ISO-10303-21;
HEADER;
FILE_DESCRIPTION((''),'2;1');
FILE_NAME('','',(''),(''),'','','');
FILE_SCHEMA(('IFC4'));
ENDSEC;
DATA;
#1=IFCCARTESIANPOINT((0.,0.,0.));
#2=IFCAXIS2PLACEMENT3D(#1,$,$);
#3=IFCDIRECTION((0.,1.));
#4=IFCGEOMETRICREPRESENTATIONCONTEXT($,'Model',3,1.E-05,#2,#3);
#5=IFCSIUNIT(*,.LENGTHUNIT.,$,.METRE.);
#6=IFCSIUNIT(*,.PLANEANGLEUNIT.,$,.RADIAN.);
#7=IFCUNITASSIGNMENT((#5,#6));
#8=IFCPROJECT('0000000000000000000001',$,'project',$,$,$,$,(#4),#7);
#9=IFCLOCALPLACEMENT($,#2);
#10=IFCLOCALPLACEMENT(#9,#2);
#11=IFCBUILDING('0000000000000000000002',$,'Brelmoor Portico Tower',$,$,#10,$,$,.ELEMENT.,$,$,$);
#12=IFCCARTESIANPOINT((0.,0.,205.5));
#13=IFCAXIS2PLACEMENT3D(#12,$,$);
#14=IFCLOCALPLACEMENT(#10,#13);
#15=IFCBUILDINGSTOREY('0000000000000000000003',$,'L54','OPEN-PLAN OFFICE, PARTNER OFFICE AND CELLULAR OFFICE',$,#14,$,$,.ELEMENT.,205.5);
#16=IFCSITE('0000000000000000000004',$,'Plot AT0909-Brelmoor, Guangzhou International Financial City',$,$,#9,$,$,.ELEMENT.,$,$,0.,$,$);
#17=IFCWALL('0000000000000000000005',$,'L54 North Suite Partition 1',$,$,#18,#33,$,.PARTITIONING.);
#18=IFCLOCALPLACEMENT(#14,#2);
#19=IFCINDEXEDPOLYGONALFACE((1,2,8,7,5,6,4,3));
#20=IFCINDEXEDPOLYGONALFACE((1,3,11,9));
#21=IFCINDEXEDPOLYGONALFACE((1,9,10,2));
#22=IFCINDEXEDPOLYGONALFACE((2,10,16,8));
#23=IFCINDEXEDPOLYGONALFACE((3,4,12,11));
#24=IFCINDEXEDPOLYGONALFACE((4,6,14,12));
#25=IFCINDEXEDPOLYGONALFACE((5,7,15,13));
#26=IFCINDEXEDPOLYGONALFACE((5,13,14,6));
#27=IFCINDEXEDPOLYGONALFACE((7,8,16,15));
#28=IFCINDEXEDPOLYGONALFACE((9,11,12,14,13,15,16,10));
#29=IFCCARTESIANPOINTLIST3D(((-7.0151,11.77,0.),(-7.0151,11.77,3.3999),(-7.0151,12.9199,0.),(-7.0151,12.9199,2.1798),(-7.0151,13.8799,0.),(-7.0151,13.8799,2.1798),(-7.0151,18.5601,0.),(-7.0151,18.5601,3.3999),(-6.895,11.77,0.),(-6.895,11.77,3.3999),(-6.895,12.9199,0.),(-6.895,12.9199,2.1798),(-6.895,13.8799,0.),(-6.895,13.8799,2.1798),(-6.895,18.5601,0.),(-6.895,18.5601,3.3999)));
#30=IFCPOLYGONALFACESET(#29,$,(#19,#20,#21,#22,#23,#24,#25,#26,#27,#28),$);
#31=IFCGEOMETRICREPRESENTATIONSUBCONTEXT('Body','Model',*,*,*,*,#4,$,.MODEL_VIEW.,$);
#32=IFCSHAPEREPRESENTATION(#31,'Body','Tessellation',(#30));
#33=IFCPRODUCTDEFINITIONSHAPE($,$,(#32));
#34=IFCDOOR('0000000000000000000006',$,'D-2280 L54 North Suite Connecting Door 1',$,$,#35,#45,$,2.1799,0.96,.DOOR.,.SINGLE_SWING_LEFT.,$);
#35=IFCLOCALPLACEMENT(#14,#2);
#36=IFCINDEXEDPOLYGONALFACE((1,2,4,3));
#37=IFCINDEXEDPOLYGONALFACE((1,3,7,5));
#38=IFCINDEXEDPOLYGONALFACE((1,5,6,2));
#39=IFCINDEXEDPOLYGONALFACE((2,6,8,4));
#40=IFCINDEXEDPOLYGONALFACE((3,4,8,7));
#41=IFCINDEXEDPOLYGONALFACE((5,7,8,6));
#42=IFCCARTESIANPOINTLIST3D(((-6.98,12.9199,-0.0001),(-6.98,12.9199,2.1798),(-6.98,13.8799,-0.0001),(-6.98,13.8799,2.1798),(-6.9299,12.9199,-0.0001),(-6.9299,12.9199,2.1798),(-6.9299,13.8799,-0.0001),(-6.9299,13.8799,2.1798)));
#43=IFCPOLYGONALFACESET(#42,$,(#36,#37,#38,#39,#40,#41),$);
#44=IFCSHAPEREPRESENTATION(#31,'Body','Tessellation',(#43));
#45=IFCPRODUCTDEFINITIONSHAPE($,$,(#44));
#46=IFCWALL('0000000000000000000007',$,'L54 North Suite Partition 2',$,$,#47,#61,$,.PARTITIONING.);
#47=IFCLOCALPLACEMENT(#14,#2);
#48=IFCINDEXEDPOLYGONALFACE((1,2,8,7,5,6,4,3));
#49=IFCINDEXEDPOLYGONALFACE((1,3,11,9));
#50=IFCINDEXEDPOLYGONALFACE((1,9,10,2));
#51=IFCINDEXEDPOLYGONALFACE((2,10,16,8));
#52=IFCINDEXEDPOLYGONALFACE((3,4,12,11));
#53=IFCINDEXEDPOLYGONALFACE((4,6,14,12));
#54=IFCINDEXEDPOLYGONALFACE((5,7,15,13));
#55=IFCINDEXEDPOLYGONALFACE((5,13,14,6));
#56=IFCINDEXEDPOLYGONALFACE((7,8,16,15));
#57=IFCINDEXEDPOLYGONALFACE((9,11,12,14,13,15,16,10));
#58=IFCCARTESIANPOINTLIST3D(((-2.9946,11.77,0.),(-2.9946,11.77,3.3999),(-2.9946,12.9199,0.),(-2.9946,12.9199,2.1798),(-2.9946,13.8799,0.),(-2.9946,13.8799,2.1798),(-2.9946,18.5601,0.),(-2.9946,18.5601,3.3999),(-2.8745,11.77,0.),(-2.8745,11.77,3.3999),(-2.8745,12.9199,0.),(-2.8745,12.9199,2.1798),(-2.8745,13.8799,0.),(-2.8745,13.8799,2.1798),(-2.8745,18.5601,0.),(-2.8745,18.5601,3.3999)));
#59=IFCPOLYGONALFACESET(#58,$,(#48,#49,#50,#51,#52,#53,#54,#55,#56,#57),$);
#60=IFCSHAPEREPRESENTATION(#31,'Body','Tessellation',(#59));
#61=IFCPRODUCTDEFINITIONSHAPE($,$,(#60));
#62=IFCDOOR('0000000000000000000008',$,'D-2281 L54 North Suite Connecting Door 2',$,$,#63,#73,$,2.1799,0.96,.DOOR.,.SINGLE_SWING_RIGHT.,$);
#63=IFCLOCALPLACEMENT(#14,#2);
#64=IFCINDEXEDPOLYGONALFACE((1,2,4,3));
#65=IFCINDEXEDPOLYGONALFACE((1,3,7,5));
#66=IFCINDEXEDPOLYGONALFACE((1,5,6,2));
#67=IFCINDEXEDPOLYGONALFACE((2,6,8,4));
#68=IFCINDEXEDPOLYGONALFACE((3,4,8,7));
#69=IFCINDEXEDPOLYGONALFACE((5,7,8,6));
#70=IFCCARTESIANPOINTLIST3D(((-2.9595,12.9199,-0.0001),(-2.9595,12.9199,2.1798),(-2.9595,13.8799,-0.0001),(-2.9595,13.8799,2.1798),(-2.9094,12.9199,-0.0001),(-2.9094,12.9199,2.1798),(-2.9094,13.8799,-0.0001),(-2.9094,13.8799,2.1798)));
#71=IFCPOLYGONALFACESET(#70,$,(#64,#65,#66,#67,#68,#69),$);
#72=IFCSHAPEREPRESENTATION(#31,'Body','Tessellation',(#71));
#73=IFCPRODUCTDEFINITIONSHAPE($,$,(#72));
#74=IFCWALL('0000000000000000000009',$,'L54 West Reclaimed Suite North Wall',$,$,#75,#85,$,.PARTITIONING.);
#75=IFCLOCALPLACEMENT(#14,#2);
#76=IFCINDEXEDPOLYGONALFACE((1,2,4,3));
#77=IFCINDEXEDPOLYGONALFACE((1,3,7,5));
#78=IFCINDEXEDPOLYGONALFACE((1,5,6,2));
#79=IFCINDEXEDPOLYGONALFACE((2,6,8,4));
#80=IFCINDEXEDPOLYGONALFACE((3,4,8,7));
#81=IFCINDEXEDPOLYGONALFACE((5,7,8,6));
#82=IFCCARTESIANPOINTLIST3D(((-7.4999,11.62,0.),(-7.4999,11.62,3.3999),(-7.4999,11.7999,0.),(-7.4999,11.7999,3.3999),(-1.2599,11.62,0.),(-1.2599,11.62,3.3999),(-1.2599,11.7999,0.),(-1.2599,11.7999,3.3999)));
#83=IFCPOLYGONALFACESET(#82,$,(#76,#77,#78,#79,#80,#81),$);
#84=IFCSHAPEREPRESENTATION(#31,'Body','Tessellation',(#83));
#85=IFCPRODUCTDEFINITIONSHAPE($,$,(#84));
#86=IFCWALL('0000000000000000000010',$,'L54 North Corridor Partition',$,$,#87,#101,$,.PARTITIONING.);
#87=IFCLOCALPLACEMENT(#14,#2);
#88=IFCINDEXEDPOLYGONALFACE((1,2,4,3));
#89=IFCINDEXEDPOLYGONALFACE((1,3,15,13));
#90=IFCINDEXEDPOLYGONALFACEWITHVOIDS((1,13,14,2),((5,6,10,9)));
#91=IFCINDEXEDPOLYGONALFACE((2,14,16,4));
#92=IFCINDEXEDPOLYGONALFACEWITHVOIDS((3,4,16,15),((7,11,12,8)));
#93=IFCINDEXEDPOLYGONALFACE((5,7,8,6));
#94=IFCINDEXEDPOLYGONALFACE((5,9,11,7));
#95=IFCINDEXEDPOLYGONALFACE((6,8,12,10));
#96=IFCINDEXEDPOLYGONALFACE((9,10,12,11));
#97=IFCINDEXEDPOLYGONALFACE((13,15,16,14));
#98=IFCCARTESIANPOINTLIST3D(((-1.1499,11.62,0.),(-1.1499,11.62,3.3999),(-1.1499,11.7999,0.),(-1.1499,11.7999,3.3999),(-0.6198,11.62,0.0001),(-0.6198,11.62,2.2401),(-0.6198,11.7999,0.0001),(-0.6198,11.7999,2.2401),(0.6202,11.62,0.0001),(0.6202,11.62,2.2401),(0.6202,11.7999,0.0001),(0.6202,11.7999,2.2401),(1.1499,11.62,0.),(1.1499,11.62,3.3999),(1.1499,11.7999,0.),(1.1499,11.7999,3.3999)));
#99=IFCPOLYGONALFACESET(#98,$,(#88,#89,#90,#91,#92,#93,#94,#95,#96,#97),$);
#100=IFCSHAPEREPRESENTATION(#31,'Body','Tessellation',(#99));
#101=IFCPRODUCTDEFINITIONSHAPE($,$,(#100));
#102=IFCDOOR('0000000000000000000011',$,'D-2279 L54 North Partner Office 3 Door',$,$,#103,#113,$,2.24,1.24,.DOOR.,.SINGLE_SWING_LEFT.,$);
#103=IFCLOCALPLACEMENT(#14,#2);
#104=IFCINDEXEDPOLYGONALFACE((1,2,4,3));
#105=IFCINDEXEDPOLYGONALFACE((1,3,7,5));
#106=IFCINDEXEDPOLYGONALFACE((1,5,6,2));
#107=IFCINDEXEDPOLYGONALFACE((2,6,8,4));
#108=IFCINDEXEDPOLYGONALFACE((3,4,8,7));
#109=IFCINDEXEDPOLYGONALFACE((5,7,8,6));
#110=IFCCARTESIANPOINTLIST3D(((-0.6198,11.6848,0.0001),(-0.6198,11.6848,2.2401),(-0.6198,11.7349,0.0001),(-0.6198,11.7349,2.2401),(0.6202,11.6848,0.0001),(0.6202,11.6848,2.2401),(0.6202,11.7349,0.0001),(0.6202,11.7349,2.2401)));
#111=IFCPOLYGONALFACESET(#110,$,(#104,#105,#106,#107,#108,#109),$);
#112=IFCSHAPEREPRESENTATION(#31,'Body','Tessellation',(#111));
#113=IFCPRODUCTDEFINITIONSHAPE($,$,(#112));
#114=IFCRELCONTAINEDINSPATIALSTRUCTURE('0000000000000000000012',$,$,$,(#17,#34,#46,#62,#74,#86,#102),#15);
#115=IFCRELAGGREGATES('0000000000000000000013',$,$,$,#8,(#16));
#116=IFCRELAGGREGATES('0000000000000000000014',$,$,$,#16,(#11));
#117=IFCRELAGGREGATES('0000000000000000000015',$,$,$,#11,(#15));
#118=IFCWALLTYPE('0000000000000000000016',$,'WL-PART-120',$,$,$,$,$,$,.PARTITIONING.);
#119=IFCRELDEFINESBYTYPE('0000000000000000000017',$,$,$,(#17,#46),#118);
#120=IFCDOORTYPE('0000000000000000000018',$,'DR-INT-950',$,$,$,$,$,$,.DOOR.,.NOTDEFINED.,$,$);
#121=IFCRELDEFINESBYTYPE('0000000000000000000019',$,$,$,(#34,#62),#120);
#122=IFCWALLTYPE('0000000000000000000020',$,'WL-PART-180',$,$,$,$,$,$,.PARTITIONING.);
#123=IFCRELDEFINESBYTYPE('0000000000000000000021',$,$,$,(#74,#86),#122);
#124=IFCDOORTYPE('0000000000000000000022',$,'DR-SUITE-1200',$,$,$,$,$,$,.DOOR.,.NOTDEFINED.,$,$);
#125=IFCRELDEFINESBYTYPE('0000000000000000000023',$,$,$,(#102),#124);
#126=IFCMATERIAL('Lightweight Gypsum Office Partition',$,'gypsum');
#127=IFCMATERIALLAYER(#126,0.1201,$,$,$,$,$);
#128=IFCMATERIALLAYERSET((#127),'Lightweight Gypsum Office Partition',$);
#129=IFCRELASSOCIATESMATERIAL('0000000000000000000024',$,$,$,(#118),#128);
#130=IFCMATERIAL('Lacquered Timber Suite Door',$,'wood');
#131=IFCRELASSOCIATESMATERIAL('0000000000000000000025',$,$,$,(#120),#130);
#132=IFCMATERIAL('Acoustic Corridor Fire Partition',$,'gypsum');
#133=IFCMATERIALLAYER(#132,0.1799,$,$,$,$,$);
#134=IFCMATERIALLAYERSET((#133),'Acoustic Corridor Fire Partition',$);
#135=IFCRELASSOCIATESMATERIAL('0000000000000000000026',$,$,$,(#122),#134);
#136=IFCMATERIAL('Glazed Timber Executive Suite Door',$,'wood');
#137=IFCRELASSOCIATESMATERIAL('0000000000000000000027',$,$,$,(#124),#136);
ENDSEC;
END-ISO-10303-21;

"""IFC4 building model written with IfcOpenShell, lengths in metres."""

from ifc_helpers import new_model, si_unit, direction, frame, frame_2d, origin, place, context, subcontext, project, spatial, rectangle, extrude, material, layer, layer_set, type_object, element, fill, save


model = new_model("IFC4")

# Units and contexts
model_context = context("Model", 3, precision=1e-05, world=origin(), true_north=direction((0.0, 1.0)))
body_context = subcontext(model_context, "Body", "Model", "MODEL_VIEW")
ifc_project = project(units=[si_unit("LENGTHUNIT", "METRE"), si_unit("PLANEANGLEUNIT", "RADIAN")], contexts=[model_context])

# Site, building, storey
site_placement = place(None, origin())
site = spatial("IfcSite", under=ifc_project, at=site_placement, Name="Plot AT0909-Brelmoor, Guangzhou International Financial City", CompositionType="ELEMENT", RefElevation=0.0)
building_placement = place(site_placement, origin())
building = spatial("IfcBuilding", under=site, at=building_placement, Name="Brelmoor Portico Tower", CompositionType="ELEMENT")
storey_placement = place(building_placement, frame((0.0, 0.0, 205.5)))
storey = spatial("IfcBuildingStorey", under=building, at=storey_placement, Name="L54", Description="OPEN-PLAN OFFICE, PARTNER OFFICE AND CELLULAR OFFICE", CompositionType="ELEMENT", Elevation=205.5)

# Walls, openings, doors
ifc_material_1 = material(Name="Lightweight Gypsum Office Partition", Category="gypsum")
ifc_layer_1 = layer(ifc_material_1, 0.1201)
ifc_layer_set_1 = layer_set([ifc_layer_1], Name="Lightweight Gypsum Office Partition")
wall_type_1 = type_object("IfcWallType", Name="WL-PART-120", PredefinedType="PARTITIONING", material=ifc_layer_set_1)
wall_1_placement = place(storey_placement, frame((-6.9551, 11.77, 0.0), z_axis=(0.0, 0.0, 1.0), x_axis=(0.0, 1.0, 0.0)))
wall_1 = element("IfcWall", 1, at=wall_1_placement, inside=storey, type_object=wall_type_1, Name="L54 North Suite Partition 1", PredefinedType="PARTITIONING", context=body_context, shape_type="SweptSolid", body=[
    extrude(rectangle(XDim=6.79, YDim=0.1201, at=frame_2d((3.395, 0.0))), origin(), (0.0, 0.0, 1.0), 3.3999),
])
opening_1_placement = place(wall_1_placement, frame((1.1499, 0.0, 0.0)))
opening_1 = element("IfcOpeningElement", 2, at=opening_1_placement, cuts=wall_1, PredefinedType="OPENING", context=body_context, shape_type="SweptSolid", body=[
    extrude(rectangle(XDim=0.96, YDim=2.1799, at=frame_2d((0.48, 1.0898))), frame((0.0, 0.0701, 0.0), z_axis=(0.0, -1.0, 0.0), x_axis=(1.0, 0.0, 0.0)), (0.0, 0.0, 1.0), 0.1401),
])
ifc_material_2 = material(Name="Lacquered Timber Suite Door", Category="wood")
door_type_1 = type_object("IfcDoorType", Name="DR-INT-950", OperationType="NOTDEFINED", PredefinedType="DOOR", material=ifc_material_2)
door_1_placement = place(opening_1_placement, origin())
door_1 = element("IfcDoor", 3, at=door_1_placement, inside=storey, type_object=door_type_1, Name="D-2280 L54 North Suite Connecting Door 1", OperationType="SINGLE_SWING_LEFT", OverallHeight=2.1799, OverallWidth=0.96, PredefinedType="DOOR", context=body_context, shape_type="SweptSolid", body=[
    extrude(rectangle(XDim=0.96, YDim=2.1799, at=frame_2d((0.48, 1.0898))), frame((0.0, 0.0249, 0.0), z_axis=(0.0, -1.0, 0.0), x_axis=(1.0, 0.0, 0.0)), (0.0, 0.0, 1.0), 0.05),
])
fill(opening_1, door_1)
wall_2_placement = place(storey_placement, frame((-2.9346, 11.77, 0.0), z_axis=(0.0, 0.0, 1.0), x_axis=(0.0, 1.0, 0.0)))
wall_2 = element("IfcWall", 4, at=wall_2_placement, inside=storey, type_object=wall_type_1, Name="L54 North Suite Partition 2", PredefinedType="PARTITIONING", context=body_context, shape_type="SweptSolid", body=[
    extrude(rectangle(XDim=6.79, YDim=0.1201, at=frame_2d((3.395, 0.0))), origin(), (0.0, 0.0, 1.0), 3.3999),
])
opening_2_placement = place(wall_2_placement, frame((1.1499, 0.0, 0.0)))
opening_2 = element("IfcOpeningElement", 5, at=opening_2_placement, cuts=wall_2, PredefinedType="OPENING", context=body_context, shape_type="SweptSolid", body=[
    extrude(rectangle(XDim=0.96, YDim=2.1799, at=frame_2d((0.48, 1.0898))), frame((0.0, 0.0701, 0.0), z_axis=(0.0, -1.0, 0.0), x_axis=(1.0, 0.0, 0.0)), (0.0, 0.0, 1.0), 0.1401),
])
door_2_placement = place(opening_2_placement, origin())
door_2 = element("IfcDoor", 6, at=door_2_placement, inside=storey, type_object=door_type_1, Name="D-2281 L54 North Suite Connecting Door 2", OperationType="SINGLE_SWING_RIGHT", OverallHeight=2.1799, OverallWidth=0.96, PredefinedType="DOOR", context=body_context, shape_type="SweptSolid", body=[
    extrude(rectangle(XDim=0.96, YDim=2.1799, at=frame_2d((0.48, 1.0898))), frame((0.0, 0.0249, 0.0), z_axis=(0.0, -1.0, 0.0), x_axis=(1.0, 0.0, 0.0)), (0.0, 0.0, 1.0), 0.05),
])
fill(opening_2, door_2)

# Wall
ifc_material_3 = material(Name="Acoustic Corridor Fire Partition", Category="gypsum")
ifc_layer_2 = layer(ifc_material_3, 0.1799)
ifc_layer_set_2 = layer_set([ifc_layer_2], Name="Acoustic Corridor Fire Partition")
wall_type_2 = type_object("IfcWallType", Name="WL-PART-180", PredefinedType="PARTITIONING", material=ifc_layer_set_2)
wall_3_placement = place(storey_placement, frame((-7.5, 11.71, 0.0), z_axis=(0.0, 0.0, 1.0), x_axis=(1.0, 0.0, 0.0)))
element("IfcWall", 7, at=wall_3_placement, inside=storey, type_object=wall_type_2, Name="L54 West Reclaimed Suite North Wall", PredefinedType="PARTITIONING", context=body_context, shape_type="SweptSolid", body=[
    extrude(rectangle(XDim=6.24, YDim=0.1799, at=frame_2d((3.1201, 0.0))), origin(), (0.0, 0.0, 1.0), 3.3999),
])

# Wall, opening, door
wall_4_placement = place(storey_placement, frame((-1.1499, 11.71, 0.0), z_axis=(0.0, 0.0, 1.0), x_axis=(1.0, 0.0, 0.0)))
wall_4 = element("IfcWall", 8, at=wall_4_placement, inside=storey, type_object=wall_type_2, Name="L54 North Corridor Partition", PredefinedType="PARTITIONING", context=body_context, shape_type="SweptSolid", body=[
    extrude(rectangle(XDim=2.2998, YDim=0.1799, at=frame_2d((1.1499, 0.0))), origin(), (0.0, 0.0, 1.0), 3.3999),
])
opening_3_placement = place(wall_4_placement, frame((0.53, 0.0, 0.0)))
opening_3 = element("IfcOpeningElement", 9, at=opening_3_placement, cuts=wall_4, PredefinedType="OPENING", context=body_context, shape_type="SweptSolid", body=[
    extrude(rectangle(XDim=1.24, YDim=2.24, at=frame_2d((0.6201, 1.1201))), frame((0.0, 0.0999, 0.0), z_axis=(0.0, -1.0, 0.0), x_axis=(1.0, 0.0, 0.0)), (0.0, 0.0, 1.0), 0.2),
])
ifc_material_4 = material(Name="Glazed Timber Executive Suite Door", Category="wood")
door_type_2 = type_object("IfcDoorType", Name="DR-SUITE-1200", OperationType="NOTDEFINED", PredefinedType="DOOR", material=ifc_material_4)
door_3_placement = place(opening_3_placement, origin())
door_3 = element("IfcDoor", 10, at=door_3_placement, inside=storey, type_object=door_type_2, Name="D-2279 L54 North Partner Office 3 Door", OperationType="SINGLE_SWING_LEFT", OverallHeight=2.24, OverallWidth=1.24, PredefinedType="DOOR", context=body_context, shape_type="SweptSolid", body=[
    extrude(rectangle(XDim=1.24, YDim=2.24, at=frame_2d((0.6201, 1.1201))), frame((0.0, 0.0249, 0.0), z_axis=(0.0, -1.0, 0.0), x_axis=(1.0, 0.0, 0.0)), (0.0, 0.0, 1.0), 0.05),
])
fill(opening_3, door_3)

save(model, "model.ifc")
